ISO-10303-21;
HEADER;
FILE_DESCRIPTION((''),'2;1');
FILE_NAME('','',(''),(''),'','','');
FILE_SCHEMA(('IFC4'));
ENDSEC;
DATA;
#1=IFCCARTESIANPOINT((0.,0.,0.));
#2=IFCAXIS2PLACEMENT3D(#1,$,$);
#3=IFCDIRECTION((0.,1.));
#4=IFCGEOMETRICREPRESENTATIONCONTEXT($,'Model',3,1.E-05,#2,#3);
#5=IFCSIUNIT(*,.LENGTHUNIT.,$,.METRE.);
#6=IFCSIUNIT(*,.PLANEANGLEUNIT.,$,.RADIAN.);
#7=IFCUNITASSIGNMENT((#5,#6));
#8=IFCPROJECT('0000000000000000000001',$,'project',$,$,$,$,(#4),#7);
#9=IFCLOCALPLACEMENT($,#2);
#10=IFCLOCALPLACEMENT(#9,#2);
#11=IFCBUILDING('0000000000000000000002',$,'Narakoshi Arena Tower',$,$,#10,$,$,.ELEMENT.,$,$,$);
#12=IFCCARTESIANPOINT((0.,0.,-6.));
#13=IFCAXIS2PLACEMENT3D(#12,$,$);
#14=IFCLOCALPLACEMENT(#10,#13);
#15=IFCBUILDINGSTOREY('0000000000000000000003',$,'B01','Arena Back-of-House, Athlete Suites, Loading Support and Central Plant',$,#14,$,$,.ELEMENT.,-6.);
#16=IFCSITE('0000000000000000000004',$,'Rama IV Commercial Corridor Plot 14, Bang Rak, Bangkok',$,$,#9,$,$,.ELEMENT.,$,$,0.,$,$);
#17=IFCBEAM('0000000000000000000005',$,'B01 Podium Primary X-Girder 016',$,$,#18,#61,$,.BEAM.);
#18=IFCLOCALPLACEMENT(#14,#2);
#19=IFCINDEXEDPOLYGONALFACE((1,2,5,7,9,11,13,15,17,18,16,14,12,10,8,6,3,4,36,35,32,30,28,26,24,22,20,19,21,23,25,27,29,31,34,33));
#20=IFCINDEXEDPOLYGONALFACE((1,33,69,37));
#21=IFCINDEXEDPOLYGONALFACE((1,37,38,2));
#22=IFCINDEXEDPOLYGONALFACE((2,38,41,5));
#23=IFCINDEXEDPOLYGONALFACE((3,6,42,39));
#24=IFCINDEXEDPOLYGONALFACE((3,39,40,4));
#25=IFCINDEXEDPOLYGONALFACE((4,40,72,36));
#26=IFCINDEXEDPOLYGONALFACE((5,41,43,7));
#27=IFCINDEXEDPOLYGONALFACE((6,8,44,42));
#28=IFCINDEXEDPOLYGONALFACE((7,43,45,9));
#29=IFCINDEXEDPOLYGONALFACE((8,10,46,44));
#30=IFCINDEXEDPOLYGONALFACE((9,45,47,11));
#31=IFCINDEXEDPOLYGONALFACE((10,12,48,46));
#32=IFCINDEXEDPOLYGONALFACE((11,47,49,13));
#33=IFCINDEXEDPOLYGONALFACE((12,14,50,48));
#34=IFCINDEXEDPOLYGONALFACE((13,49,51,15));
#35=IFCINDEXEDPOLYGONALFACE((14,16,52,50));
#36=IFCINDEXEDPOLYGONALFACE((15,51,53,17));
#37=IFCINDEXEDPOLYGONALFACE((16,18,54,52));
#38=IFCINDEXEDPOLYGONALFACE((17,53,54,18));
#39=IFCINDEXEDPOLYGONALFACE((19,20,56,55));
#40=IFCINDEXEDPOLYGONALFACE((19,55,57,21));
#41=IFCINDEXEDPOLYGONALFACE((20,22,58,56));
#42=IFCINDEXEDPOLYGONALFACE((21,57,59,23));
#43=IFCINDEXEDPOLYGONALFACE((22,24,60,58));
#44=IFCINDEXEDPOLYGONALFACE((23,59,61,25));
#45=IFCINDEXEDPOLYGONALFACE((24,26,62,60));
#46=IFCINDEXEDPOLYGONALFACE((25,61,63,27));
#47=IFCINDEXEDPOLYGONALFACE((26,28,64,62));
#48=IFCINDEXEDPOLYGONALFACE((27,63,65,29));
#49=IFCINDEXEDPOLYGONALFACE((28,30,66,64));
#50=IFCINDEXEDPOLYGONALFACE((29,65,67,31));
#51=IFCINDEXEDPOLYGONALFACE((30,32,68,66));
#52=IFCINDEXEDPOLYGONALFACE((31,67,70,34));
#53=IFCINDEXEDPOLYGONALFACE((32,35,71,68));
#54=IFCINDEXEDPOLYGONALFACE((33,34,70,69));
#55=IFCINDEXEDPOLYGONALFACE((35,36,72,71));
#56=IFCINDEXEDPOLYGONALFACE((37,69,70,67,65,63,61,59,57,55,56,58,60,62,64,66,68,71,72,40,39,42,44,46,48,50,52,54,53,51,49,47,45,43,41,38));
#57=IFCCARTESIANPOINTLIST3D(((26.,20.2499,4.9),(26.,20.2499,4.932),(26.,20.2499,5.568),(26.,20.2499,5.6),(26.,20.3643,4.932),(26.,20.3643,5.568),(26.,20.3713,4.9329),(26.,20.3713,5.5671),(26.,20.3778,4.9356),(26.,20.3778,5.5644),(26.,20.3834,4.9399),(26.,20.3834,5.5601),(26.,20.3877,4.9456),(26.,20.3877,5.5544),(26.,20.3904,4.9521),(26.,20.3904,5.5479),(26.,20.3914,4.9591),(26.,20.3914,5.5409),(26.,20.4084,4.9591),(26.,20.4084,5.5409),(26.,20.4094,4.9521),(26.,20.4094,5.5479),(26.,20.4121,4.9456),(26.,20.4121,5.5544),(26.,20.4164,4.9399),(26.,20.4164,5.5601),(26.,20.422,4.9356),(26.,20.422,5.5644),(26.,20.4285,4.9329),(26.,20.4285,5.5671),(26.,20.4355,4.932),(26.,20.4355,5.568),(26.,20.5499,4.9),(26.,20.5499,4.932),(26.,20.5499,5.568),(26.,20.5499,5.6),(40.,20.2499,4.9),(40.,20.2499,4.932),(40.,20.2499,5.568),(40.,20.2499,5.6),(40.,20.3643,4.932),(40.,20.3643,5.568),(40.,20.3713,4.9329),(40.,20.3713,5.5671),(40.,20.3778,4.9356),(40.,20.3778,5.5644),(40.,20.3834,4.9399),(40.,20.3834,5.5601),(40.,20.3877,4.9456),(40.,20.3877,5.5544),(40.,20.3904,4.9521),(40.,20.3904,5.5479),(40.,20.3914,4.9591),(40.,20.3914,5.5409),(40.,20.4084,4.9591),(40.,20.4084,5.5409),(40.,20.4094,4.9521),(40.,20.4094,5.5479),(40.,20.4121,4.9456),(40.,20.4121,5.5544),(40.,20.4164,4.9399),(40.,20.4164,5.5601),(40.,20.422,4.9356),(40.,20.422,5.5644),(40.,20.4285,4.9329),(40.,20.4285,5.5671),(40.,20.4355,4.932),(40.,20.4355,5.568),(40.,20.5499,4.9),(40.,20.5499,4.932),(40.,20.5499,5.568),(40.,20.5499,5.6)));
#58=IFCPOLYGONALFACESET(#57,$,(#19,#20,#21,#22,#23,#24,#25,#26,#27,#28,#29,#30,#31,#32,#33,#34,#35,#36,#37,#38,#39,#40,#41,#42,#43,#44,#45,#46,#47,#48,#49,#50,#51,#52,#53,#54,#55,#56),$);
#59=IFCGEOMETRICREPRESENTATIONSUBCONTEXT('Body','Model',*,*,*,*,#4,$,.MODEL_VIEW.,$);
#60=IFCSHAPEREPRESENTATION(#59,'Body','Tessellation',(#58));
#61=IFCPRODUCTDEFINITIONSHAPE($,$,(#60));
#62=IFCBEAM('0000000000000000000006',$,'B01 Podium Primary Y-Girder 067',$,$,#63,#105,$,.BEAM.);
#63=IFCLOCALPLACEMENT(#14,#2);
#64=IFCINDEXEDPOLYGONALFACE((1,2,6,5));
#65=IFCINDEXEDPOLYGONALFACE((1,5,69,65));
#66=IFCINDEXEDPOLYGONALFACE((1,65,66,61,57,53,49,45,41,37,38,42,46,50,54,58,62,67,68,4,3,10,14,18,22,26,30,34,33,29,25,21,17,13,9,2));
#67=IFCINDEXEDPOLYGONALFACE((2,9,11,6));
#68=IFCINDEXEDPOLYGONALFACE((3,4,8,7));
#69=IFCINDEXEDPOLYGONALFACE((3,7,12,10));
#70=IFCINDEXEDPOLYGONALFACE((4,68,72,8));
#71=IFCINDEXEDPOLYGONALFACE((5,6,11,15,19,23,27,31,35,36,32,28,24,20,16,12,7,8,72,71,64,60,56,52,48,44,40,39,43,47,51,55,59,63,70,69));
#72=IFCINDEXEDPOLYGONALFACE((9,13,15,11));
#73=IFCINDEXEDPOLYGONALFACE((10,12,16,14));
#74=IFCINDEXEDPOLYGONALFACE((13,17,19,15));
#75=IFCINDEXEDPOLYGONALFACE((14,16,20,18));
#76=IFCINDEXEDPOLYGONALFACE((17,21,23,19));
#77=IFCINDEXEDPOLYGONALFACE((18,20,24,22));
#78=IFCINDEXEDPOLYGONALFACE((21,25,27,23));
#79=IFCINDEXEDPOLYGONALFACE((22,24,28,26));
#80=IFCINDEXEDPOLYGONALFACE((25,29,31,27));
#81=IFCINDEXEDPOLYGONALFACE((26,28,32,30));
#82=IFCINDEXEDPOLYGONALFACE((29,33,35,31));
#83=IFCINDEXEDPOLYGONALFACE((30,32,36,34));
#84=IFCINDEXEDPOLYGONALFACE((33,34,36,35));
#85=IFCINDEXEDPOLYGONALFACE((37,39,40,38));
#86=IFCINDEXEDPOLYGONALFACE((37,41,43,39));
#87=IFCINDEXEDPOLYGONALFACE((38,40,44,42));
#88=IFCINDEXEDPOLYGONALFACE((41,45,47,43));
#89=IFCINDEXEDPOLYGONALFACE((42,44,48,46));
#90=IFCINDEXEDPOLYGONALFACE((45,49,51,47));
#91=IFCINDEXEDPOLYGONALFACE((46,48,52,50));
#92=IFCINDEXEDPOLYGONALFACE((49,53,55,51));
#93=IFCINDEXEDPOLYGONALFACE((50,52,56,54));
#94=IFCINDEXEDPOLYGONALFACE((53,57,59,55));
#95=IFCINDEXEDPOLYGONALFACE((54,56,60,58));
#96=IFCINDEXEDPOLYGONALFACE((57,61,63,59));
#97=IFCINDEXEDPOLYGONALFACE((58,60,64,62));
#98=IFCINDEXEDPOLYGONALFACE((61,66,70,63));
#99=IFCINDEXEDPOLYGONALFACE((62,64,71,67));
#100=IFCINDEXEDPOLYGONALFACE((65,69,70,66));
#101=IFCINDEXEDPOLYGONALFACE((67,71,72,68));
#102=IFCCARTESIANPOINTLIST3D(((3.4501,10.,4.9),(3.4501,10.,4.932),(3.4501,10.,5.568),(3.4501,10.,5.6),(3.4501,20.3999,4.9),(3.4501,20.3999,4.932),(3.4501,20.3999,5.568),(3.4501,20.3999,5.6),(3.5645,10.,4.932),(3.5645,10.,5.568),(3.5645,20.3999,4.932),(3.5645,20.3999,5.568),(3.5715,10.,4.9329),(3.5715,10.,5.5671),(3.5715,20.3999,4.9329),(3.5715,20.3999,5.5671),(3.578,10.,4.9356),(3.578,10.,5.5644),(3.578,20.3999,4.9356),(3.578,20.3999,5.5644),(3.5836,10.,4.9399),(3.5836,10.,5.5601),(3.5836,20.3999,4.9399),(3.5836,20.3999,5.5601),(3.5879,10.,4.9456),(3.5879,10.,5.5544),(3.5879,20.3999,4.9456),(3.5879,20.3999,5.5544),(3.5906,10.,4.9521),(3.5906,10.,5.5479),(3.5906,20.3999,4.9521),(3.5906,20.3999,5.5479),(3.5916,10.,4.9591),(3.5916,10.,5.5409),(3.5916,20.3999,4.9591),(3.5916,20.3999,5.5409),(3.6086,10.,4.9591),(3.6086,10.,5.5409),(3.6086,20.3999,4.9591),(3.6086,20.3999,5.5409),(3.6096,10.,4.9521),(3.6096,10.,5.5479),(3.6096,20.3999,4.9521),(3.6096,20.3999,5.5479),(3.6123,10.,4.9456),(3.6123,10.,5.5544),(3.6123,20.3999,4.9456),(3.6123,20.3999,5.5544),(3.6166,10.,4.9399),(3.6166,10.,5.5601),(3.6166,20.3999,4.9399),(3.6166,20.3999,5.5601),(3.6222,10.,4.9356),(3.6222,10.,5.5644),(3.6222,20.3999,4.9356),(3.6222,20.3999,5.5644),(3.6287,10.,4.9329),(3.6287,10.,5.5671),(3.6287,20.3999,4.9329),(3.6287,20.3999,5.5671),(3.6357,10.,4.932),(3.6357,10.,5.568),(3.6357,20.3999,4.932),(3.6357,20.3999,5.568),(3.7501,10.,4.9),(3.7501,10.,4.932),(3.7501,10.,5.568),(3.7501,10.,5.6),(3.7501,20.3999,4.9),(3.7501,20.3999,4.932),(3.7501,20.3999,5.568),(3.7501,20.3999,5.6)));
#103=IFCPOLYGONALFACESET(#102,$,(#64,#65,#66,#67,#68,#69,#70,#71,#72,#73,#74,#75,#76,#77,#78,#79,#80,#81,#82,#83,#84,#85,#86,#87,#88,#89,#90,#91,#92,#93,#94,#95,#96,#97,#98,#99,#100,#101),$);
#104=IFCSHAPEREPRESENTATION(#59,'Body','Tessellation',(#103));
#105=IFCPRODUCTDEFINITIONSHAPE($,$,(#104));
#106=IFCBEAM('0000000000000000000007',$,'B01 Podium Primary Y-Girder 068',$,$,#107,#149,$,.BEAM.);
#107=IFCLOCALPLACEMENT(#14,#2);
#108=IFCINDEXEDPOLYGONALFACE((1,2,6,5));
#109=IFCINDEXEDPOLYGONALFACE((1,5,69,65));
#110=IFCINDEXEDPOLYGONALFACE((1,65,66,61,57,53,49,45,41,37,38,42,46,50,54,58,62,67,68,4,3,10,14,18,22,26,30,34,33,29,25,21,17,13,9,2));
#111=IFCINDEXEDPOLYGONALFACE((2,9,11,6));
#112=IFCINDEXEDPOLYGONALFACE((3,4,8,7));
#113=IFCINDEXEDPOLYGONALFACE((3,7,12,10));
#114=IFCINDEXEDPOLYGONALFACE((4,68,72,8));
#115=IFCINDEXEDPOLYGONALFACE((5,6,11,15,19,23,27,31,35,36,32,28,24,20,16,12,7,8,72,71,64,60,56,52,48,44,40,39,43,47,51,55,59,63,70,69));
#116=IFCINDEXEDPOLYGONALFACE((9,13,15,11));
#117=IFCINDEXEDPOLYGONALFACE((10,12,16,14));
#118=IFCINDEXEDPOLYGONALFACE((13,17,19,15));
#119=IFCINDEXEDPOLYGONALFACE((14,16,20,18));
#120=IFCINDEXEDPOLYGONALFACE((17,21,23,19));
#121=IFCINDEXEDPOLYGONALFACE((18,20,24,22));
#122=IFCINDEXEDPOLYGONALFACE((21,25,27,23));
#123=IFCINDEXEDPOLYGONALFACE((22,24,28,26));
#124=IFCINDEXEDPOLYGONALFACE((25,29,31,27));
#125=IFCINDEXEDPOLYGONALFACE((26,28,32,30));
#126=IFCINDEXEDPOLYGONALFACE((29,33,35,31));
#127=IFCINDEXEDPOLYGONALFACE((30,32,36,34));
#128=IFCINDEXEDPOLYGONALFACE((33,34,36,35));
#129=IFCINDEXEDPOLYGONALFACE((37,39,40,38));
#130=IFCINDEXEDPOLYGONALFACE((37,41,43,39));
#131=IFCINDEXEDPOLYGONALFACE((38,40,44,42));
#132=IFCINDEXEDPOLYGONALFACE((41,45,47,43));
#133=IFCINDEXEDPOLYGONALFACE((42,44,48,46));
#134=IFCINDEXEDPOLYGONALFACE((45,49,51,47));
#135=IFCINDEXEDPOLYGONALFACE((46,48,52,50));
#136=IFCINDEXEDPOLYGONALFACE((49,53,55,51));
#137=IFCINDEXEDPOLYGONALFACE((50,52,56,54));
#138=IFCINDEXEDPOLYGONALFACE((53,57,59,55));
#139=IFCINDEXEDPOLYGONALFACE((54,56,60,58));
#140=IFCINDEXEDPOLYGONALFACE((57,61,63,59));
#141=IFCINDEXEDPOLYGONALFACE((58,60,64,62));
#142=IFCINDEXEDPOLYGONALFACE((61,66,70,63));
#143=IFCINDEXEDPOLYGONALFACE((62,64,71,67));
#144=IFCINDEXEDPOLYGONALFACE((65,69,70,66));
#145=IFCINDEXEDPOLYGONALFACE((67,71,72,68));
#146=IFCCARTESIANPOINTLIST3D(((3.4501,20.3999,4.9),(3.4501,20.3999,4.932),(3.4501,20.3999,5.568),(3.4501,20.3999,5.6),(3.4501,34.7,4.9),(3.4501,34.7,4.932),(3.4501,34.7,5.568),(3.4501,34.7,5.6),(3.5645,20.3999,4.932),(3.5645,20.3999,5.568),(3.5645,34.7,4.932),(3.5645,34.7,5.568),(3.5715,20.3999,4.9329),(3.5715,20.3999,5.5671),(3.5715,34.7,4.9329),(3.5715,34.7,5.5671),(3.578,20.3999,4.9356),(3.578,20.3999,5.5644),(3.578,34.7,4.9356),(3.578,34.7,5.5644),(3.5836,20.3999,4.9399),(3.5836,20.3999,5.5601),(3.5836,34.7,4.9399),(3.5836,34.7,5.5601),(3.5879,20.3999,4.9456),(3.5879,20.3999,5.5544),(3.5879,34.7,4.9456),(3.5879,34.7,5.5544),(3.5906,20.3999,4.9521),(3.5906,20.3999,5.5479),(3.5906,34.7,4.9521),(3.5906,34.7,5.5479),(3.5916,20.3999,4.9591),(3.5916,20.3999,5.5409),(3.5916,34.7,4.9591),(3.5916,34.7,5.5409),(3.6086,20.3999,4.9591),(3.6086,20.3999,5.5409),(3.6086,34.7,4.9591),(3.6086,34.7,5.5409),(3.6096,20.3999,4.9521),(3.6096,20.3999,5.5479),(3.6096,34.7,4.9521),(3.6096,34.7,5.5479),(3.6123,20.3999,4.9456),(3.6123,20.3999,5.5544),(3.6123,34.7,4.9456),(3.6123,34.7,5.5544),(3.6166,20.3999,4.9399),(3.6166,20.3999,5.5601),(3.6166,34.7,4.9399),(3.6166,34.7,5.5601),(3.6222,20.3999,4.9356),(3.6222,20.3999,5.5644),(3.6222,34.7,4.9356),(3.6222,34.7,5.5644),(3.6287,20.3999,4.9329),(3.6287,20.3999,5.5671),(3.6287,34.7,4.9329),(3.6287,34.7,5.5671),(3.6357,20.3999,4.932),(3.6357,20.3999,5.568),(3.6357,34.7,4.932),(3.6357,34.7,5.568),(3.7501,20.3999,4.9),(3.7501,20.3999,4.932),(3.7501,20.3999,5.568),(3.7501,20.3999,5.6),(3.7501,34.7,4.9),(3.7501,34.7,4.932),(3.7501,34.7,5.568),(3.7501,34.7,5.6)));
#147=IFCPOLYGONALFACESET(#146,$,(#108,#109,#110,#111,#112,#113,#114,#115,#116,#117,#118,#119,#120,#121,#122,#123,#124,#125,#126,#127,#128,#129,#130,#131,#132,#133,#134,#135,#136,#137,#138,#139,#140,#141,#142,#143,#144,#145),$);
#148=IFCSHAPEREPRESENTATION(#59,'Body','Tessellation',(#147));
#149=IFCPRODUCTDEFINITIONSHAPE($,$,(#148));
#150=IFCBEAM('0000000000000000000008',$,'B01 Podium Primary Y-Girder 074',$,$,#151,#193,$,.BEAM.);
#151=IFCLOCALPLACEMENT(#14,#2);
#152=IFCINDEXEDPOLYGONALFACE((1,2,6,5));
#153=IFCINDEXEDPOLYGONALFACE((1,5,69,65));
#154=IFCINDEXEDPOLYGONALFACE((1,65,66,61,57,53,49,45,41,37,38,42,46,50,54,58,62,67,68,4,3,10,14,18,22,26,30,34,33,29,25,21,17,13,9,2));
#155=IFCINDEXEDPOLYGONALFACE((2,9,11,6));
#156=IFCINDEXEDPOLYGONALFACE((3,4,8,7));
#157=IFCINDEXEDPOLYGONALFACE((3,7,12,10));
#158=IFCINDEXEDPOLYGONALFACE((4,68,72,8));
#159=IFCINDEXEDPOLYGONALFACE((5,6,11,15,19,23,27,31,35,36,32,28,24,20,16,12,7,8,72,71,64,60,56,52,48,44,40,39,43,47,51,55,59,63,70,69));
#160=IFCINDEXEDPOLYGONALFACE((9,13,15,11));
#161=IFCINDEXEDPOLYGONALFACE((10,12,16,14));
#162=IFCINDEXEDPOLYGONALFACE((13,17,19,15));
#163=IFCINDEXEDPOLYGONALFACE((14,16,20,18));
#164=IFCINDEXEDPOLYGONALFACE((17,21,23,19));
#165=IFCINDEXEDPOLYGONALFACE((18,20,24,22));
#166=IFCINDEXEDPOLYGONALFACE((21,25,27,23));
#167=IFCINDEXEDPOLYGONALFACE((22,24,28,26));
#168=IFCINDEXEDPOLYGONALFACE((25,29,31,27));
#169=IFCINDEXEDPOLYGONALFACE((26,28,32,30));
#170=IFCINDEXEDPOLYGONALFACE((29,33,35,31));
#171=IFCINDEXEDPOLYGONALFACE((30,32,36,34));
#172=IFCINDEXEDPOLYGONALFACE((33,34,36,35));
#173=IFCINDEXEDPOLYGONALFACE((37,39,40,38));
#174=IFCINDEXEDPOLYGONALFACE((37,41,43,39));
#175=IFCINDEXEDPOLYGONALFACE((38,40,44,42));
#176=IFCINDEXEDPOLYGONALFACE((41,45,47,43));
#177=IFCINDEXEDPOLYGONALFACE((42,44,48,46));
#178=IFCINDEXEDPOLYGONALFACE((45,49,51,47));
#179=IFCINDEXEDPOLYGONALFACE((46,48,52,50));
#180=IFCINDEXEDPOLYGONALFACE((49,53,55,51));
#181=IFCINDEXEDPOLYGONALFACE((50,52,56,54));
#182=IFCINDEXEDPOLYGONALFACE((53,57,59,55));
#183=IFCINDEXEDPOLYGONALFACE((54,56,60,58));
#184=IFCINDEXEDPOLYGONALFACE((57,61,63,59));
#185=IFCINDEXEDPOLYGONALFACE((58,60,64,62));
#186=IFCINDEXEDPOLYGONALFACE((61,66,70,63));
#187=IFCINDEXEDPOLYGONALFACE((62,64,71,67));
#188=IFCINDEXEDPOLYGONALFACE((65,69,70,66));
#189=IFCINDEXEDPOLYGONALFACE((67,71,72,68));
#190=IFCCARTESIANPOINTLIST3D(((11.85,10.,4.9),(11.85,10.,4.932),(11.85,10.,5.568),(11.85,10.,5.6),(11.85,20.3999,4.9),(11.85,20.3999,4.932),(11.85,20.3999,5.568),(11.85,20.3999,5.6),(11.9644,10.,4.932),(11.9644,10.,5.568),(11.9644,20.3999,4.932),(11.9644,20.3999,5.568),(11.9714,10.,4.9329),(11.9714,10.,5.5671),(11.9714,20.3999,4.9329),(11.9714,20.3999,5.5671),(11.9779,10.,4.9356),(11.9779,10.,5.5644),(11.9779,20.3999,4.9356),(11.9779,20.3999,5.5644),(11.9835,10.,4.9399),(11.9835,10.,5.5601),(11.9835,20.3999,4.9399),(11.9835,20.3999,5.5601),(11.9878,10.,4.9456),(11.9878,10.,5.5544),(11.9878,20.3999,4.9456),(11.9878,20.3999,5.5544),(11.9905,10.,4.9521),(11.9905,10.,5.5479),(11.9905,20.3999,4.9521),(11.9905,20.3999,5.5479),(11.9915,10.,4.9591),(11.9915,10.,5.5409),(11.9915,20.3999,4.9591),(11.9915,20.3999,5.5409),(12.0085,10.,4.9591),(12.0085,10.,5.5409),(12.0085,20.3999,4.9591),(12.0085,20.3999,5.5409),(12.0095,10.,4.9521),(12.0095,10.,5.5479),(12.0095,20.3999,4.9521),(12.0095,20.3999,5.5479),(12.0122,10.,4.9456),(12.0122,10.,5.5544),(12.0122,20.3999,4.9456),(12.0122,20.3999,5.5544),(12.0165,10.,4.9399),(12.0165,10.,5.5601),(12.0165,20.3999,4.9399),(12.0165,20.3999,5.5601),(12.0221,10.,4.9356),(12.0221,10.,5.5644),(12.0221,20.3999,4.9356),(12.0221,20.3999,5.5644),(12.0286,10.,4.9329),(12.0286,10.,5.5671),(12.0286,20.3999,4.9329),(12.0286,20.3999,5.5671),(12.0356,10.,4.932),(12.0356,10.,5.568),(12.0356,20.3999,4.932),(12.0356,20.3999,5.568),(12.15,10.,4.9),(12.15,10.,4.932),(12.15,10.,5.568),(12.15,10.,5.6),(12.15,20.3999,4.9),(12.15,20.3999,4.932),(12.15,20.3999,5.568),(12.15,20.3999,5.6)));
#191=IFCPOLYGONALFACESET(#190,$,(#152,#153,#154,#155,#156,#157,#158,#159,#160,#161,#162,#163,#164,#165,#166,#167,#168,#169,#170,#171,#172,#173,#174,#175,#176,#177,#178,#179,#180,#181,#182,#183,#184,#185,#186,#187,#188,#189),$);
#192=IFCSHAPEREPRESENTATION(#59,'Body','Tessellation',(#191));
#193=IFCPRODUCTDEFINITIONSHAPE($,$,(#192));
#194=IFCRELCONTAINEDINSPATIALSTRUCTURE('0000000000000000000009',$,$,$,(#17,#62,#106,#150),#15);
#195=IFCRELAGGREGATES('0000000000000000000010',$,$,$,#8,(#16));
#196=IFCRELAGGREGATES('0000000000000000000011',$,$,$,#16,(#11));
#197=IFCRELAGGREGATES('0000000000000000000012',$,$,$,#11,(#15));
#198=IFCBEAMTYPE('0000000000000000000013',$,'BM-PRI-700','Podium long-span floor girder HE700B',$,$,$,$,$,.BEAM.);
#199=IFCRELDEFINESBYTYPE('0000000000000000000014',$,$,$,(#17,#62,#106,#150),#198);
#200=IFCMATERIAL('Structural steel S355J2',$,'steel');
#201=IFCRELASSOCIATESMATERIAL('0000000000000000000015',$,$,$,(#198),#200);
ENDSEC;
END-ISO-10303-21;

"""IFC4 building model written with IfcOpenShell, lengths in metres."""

from ifc_helpers import new_model, si_unit, direction, frame, origin, origin_2d, place, context, subcontext, project, spatial, i_section, extrude, material, material_profile, profile_set, type_object, element, save


model = new_model("IFC4")

# Units and contexts
model_context = context("Model", 3, precision=1e-05, world=origin(), true_north=direction((0.0, 1.0)))
body_context = subcontext(model_context, "Body", "Model", "MODEL_VIEW")
ifc_project = project(units=[si_unit("LENGTHUNIT", "METRE"), si_unit("PLANEANGLEUNIT", "RADIAN")], contexts=[model_context])

# Site, building, storey
site_placement = place(None, origin())
site = spatial("IfcSite", under=ifc_project, at=site_placement, Name="Rama IV Commercial Corridor Plot 14, Bang Rak, Bangkok", CompositionType="ELEMENT", RefElevation=0.0)
building_placement = place(site_placement, origin())
building = spatial("IfcBuilding", under=site, at=building_placement, Name="Narakoshi Arena Tower", CompositionType="ELEMENT")
storey_placement = place(building_placement, frame((0.0, 0.0, -6.0)))
storey = spatial("IfcBuildingStorey", under=building, at=storey_placement, Name="B01", Description="Arena Back-of-House, Athlete Suites, Loading Support and Central Plant", CompositionType="ELEMENT", Elevation=-6.0)

# Beams
ifc_material_1 = material(Name="Structural steel S355J2", Category="steel")
ifc_material_profile_1 = material_profile(ifc_material_1, i_section(OverallWidth=0.3, OverallDepth=0.7, WebThickness=0.0171, FlangeThickness=0.032, FilletRadius=0.0271, at=origin_2d()), Name="HE700B")
ifc_profile_set_1 = profile_set([ifc_material_profile_1], Name="Structural steel S355J2")
beam_type_1 = type_object("IfcBeamType", Name="BM-PRI-700", Description="Podium long-span floor girder HE700B", PredefinedType="BEAM", material=ifc_profile_set_1)
for number, where, z_axis, x_axis, name in (
    (1, (26.0, 20.3999, 5.25), (1.0, 0.0, 0.0), (0.0, 1.0, 0.0), "B01 Podium Primary X-Girder 016"),
):
    element("IfcBeam", number, at=place(storey_placement, frame(where, z_axis=z_axis, x_axis=x_axis)), inside=storey, type_object=beam_type_1, Name=name, PredefinedType="BEAM", context=body_context, shape_type="SweptSolid", body=[
        extrude(i_section(OverallWidth=0.3, OverallDepth=0.7, WebThickness=0.0171, FlangeThickness=0.032, FilletRadius=0.0271, at=origin_2d()), origin(), (0.0, 0.0, 1.0), 14.0),
    ])
beam_1_placement = place(storey_placement, frame((3.6001, 10.0, 5.25), z_axis=(0.0, 1.0, 0.0), x_axis=(-1.0, 0.0, 0.0)))
element("IfcBeam", 2, at=beam_1_placement, inside=storey, type_object=beam_type_1, Name="B01 Podium Primary Y-Girder 067", PredefinedType="BEAM", context=body_context, shape_type="SweptSolid", body=[
    extrude(i_section(OverallWidth=0.3, OverallDepth=0.7, WebThickness=0.0171, FlangeThickness=0.032, FilletRadius=0.0271, at=origin_2d()), origin(), (0.0, 0.0, 1.0), 10.3999),
])
beam_2_placement = place(storey_placement, frame((3.6001, 20.3999, 5.25), z_axis=(0.0, 1.0, 0.0), x_axis=(-1.0, 0.0, 0.0)))
element("IfcBeam", 3, at=beam_2_placement, inside=storey, type_object=beam_type_1, Name="B01 Podium Primary Y-Girder 068", PredefinedType="BEAM", context=body_context, shape_type="SweptSolid", body=[
    extrude(i_section(OverallWidth=0.3, OverallDepth=0.7, WebThickness=0.0171, FlangeThickness=0.032, FilletRadius=0.0271, at=origin_2d()), origin(), (0.0, 0.0, 1.0), 14.3),
])
for number, where, z_axis, x_axis, name in (
    (4, (12.0, 10.0, 5.25), (0.0, 1.0, 0.0), (-1.0, 0.0, 0.0), "B01 Podium Primary Y-Girder 074"),
):
    element("IfcBeam", number, at=place(storey_placement, frame(where, z_axis=z_axis, x_axis=x_axis)), inside=storey, type_object=beam_type_1, Name=name, PredefinedType="BEAM", context=body_context, shape_type="SweptSolid", body=[
        extrude(i_section(OverallWidth=0.3, OverallDepth=0.7, WebThickness=0.0171, FlangeThickness=0.032, FilletRadius=0.0271, at=origin_2d()), origin(), (0.0, 0.0, 1.0), 10.3999),
    ])

save(model, "model.ifc")
